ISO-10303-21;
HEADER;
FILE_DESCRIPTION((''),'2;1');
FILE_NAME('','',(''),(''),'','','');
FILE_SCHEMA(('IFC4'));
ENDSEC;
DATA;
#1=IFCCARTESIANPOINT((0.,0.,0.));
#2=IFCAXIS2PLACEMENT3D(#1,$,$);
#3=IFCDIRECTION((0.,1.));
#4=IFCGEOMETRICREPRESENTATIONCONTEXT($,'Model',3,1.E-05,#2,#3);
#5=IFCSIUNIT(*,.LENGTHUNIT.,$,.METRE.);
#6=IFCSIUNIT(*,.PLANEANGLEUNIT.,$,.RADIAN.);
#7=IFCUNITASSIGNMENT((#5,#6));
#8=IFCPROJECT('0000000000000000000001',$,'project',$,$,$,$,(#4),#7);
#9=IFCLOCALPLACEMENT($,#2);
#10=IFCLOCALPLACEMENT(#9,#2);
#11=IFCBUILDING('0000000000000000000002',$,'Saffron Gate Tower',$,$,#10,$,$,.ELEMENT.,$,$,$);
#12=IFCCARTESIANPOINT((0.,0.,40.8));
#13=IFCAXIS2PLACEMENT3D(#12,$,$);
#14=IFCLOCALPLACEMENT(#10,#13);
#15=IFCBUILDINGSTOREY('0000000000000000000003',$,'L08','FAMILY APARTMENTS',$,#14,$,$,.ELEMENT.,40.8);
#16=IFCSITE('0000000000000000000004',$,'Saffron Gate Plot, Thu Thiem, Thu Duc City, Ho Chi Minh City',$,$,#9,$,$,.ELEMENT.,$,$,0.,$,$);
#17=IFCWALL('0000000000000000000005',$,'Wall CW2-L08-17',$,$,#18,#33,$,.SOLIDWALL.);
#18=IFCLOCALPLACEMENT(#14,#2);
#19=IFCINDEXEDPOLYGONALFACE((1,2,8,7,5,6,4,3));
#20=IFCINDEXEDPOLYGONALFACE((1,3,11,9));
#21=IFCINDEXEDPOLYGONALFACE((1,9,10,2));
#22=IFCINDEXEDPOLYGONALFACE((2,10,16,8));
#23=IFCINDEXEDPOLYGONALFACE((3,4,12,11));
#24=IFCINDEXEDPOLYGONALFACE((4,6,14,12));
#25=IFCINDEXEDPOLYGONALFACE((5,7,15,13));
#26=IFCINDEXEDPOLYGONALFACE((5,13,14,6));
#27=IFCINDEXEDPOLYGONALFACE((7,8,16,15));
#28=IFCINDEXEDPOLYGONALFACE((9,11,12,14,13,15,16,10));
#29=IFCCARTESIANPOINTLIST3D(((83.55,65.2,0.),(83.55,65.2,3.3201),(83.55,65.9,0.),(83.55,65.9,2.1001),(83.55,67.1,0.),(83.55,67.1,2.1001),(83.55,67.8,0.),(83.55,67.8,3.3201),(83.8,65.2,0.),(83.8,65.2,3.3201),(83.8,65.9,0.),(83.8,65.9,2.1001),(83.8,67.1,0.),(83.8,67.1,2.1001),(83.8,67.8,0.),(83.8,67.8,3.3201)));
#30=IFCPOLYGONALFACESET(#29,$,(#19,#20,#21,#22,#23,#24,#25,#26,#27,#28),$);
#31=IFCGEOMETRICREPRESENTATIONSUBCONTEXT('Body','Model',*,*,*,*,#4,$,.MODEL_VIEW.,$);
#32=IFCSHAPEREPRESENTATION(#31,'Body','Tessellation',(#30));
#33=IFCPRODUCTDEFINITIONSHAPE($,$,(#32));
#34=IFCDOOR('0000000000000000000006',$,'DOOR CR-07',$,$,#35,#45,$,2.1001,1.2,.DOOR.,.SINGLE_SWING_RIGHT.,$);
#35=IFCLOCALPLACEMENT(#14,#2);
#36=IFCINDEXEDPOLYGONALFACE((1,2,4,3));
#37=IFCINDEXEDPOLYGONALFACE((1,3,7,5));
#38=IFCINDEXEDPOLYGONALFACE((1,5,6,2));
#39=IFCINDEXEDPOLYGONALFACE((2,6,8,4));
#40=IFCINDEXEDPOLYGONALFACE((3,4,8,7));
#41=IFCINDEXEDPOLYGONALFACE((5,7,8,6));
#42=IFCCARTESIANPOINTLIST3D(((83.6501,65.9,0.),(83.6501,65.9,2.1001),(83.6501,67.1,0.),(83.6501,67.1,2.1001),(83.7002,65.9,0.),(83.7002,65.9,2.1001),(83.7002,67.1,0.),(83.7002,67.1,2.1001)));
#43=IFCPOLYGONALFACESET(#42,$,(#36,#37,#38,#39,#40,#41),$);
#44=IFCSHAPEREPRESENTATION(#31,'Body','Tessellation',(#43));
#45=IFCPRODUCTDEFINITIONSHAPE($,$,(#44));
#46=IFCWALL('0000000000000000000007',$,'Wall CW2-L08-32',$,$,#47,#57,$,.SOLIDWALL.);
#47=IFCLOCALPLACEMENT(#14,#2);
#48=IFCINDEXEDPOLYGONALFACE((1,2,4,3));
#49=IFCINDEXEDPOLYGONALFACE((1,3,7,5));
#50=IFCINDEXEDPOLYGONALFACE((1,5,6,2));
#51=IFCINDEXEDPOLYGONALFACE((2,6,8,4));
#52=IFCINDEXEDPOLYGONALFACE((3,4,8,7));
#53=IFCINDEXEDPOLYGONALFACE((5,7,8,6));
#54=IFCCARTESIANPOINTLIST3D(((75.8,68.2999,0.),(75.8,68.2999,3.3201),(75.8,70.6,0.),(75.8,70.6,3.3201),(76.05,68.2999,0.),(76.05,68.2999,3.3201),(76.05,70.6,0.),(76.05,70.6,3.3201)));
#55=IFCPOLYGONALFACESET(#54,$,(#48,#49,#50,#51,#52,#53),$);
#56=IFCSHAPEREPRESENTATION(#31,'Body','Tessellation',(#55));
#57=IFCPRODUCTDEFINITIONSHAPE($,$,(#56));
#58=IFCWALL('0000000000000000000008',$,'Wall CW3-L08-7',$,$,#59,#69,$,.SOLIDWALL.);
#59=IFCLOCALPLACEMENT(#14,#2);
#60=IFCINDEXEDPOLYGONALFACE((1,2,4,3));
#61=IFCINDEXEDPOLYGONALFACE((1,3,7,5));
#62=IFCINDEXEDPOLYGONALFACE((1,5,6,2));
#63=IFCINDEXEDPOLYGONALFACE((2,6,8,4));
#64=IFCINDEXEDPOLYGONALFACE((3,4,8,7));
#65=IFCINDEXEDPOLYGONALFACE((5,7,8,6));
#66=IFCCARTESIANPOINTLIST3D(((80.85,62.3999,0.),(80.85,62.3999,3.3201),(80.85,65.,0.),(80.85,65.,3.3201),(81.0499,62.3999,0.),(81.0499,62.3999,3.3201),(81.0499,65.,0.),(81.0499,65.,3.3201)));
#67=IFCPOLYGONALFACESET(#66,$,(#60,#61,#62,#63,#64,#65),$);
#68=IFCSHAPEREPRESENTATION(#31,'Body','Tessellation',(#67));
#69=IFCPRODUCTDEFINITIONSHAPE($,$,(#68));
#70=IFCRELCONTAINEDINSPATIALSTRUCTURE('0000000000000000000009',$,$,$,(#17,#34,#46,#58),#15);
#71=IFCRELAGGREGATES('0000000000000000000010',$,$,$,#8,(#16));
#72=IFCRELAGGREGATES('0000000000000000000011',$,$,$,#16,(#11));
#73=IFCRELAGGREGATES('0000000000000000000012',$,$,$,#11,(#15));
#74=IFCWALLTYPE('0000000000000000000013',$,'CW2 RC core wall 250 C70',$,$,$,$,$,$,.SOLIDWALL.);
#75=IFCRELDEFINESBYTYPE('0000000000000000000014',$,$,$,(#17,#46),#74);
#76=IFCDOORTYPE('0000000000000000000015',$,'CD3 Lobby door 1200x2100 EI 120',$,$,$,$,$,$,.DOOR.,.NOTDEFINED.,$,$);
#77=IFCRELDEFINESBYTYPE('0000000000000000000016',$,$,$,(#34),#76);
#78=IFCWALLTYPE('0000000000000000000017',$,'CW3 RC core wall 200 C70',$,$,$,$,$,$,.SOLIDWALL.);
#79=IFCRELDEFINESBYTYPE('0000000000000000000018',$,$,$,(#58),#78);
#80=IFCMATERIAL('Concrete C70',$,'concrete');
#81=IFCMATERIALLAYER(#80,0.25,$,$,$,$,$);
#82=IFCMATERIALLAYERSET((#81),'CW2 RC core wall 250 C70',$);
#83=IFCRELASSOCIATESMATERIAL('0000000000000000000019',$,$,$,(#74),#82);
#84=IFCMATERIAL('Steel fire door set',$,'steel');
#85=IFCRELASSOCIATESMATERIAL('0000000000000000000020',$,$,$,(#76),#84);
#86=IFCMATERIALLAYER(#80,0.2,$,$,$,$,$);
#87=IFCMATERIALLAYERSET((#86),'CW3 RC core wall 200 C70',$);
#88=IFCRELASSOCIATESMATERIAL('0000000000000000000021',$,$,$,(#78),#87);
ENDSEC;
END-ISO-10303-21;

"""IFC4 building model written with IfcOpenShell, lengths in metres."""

from ifc_helpers import new_model, si_unit, direction, frame, frame_2d, origin, place, context, subcontext, project, spatial, rectangle, extrude, material, layer, layer_set, type_object, element, fill, save


model = new_model("IFC4")

# Units and contexts
model_context = context("Model", 3, precision=1e-05, world=origin(), true_north=direction((0.0, 1.0)))
body_context = subcontext(model_context, "Body", "Model", "MODEL_VIEW")
ifc_project = project(units=[si_unit("LENGTHUNIT", "METRE"), si_unit("PLANEANGLEUNIT", "RADIAN")], contexts=[model_context])

# Site, building, storey
site_placement = place(None, origin())
site = spatial("IfcSite", under=ifc_project, at=site_placement, Name="Saffron Gate Plot, Thu Thiem, Thu Duc City, Ho Chi Minh City", CompositionType="ELEMENT", RefElevation=0.0)
building_placement = place(site_placement, origin())
building = spatial("IfcBuilding", under=site, at=building_placement, Name="Saffron Gate Tower", CompositionType="ELEMENT")
storey_placement = place(building_placement, frame((0.0, 0.0, 40.8)))
storey = spatial("IfcBuildingStorey", under=building, at=storey_placement, Name="L08", Description="FAMILY APARTMENTS", CompositionType="ELEMENT", Elevation=40.8)

# Wall, opening, door
ifc_material_1 = material(Name="Concrete C70", Category="concrete")
ifc_layer_1 = layer(ifc_material_1, 0.25)
ifc_layer_set_1 = layer_set([ifc_layer_1], Name="CW2 RC core wall 250 C70")
wall_type_1 = type_object("IfcWallType", Name="CW2 RC core wall 250 C70", PredefinedType="SOLIDWALL", material=ifc_layer_set_1)
wall_1_placement = place(storey_placement, frame((83.675, 65.2, 0.0), z_axis=(0.0, 0.0, 1.0), x_axis=(0.0, 1.0, 0.0)))
wall_1 = element("IfcWall", 1, at=wall_1_placement, inside=storey, type_object=wall_type_1, Name="Wall CW2-L08-17", PredefinedType="SOLIDWALL", context=body_context, shape_type="SweptSolid", body=[
    extrude(rectangle(XDim=2.6001, YDim=0.25, at=frame_2d((1.3, 0.0))), origin(), (0.0, 0.0, 1.0), 3.3201),
])
opening_1_placement = place(wall_1_placement, frame((0.7, 0.0, 0.0)))
opening_1 = element("IfcOpeningElement", 2, at=opening_1_placement, cuts=wall_1, PredefinedType="OPENING", context=body_context, shape_type="SweptSolid", body=[
    extrude(rectangle(XDim=1.2, YDim=2.1001, at=frame_2d((0.6001, 1.05))), frame((0.0, 0.135, 0.0), z_axis=(0.0, -1.0, 0.0), x_axis=(1.0, 0.0, 0.0)), (0.0, 0.0, 1.0), 0.27),
])
ifc_material_2 = material(Name="Steel fire door set", Category="steel")
door_type_1 = type_object("IfcDoorType", Name="CD3 Lobby door 1200x2100 EI 120", OperationType="NOTDEFINED", PredefinedType="DOOR", material=ifc_material_2)
door_1_placement = place(opening_1_placement, origin())
door_1 = element("IfcDoor", 3, at=door_1_placement, inside=storey, type_object=door_type_1, Name="DOOR CR-07", OperationType="SINGLE_SWING_RIGHT", OverallHeight=2.1001, OverallWidth=1.2, PredefinedType="DOOR", context=body_context, shape_type="SweptSolid", body=[
    extrude(rectangle(XDim=1.2, YDim=2.1001, at=frame_2d((0.6001, 1.05))), frame((0.0, 0.0249, 0.0), z_axis=(0.0, -1.0, 0.0), x_axis=(1.0, 0.0, 0.0)), (0.0, 0.0, 1.0), 0.05),
])
fill(opening_1, door_1)

# Walls
wall_2_placement = place(storey_placement, frame((75.925, 68.3, 0.0), z_axis=(0.0, 0.0, 1.0), x_axis=(0.0, 1.0, 0.0)))
element("IfcWall", 4, at=wall_2_placement, inside=storey, type_object=wall_type_1, Name="Wall CW2-L08-32", PredefinedType="SOLIDWALL", context=body_context, shape_type="SweptSolid", body=[
    extrude(rectangle(XDim=2.3, YDim=0.25, at=frame_2d((1.1499, 0.0))), origin(), (0.0, 0.0, 1.0), 3.3201),
])
ifc_layer_2 = layer(ifc_material_1, 0.2)
ifc_layer_set_2 = layer_set([ifc_layer_2], Name="CW3 RC core wall 200 C70")
wall_type_2 = type_object("IfcWallType", Name="CW3 RC core wall 200 C70", PredefinedType="SOLIDWALL", material=ifc_layer_set_2)
wall_3_placement = place(storey_placement, frame((80.95, 62.3999, 0.0), z_axis=(0.0, 0.0, 1.0), x_axis=(0.0, 1.0, 0.0)))
element("IfcWall", 5, at=wall_3_placement, inside=storey, type_object=wall_type_2, Name="Wall CW3-L08-7", PredefinedType="SOLIDWALL", context=body_context, shape_type="SweptSolid", body=[
    extrude(rectangle(XDim=2.6001, YDim=0.2, at=frame_2d((1.3, 0.0))), origin(), (0.0, 0.0, 1.0), 3.3201),
])

save(model, "model.ifc")
